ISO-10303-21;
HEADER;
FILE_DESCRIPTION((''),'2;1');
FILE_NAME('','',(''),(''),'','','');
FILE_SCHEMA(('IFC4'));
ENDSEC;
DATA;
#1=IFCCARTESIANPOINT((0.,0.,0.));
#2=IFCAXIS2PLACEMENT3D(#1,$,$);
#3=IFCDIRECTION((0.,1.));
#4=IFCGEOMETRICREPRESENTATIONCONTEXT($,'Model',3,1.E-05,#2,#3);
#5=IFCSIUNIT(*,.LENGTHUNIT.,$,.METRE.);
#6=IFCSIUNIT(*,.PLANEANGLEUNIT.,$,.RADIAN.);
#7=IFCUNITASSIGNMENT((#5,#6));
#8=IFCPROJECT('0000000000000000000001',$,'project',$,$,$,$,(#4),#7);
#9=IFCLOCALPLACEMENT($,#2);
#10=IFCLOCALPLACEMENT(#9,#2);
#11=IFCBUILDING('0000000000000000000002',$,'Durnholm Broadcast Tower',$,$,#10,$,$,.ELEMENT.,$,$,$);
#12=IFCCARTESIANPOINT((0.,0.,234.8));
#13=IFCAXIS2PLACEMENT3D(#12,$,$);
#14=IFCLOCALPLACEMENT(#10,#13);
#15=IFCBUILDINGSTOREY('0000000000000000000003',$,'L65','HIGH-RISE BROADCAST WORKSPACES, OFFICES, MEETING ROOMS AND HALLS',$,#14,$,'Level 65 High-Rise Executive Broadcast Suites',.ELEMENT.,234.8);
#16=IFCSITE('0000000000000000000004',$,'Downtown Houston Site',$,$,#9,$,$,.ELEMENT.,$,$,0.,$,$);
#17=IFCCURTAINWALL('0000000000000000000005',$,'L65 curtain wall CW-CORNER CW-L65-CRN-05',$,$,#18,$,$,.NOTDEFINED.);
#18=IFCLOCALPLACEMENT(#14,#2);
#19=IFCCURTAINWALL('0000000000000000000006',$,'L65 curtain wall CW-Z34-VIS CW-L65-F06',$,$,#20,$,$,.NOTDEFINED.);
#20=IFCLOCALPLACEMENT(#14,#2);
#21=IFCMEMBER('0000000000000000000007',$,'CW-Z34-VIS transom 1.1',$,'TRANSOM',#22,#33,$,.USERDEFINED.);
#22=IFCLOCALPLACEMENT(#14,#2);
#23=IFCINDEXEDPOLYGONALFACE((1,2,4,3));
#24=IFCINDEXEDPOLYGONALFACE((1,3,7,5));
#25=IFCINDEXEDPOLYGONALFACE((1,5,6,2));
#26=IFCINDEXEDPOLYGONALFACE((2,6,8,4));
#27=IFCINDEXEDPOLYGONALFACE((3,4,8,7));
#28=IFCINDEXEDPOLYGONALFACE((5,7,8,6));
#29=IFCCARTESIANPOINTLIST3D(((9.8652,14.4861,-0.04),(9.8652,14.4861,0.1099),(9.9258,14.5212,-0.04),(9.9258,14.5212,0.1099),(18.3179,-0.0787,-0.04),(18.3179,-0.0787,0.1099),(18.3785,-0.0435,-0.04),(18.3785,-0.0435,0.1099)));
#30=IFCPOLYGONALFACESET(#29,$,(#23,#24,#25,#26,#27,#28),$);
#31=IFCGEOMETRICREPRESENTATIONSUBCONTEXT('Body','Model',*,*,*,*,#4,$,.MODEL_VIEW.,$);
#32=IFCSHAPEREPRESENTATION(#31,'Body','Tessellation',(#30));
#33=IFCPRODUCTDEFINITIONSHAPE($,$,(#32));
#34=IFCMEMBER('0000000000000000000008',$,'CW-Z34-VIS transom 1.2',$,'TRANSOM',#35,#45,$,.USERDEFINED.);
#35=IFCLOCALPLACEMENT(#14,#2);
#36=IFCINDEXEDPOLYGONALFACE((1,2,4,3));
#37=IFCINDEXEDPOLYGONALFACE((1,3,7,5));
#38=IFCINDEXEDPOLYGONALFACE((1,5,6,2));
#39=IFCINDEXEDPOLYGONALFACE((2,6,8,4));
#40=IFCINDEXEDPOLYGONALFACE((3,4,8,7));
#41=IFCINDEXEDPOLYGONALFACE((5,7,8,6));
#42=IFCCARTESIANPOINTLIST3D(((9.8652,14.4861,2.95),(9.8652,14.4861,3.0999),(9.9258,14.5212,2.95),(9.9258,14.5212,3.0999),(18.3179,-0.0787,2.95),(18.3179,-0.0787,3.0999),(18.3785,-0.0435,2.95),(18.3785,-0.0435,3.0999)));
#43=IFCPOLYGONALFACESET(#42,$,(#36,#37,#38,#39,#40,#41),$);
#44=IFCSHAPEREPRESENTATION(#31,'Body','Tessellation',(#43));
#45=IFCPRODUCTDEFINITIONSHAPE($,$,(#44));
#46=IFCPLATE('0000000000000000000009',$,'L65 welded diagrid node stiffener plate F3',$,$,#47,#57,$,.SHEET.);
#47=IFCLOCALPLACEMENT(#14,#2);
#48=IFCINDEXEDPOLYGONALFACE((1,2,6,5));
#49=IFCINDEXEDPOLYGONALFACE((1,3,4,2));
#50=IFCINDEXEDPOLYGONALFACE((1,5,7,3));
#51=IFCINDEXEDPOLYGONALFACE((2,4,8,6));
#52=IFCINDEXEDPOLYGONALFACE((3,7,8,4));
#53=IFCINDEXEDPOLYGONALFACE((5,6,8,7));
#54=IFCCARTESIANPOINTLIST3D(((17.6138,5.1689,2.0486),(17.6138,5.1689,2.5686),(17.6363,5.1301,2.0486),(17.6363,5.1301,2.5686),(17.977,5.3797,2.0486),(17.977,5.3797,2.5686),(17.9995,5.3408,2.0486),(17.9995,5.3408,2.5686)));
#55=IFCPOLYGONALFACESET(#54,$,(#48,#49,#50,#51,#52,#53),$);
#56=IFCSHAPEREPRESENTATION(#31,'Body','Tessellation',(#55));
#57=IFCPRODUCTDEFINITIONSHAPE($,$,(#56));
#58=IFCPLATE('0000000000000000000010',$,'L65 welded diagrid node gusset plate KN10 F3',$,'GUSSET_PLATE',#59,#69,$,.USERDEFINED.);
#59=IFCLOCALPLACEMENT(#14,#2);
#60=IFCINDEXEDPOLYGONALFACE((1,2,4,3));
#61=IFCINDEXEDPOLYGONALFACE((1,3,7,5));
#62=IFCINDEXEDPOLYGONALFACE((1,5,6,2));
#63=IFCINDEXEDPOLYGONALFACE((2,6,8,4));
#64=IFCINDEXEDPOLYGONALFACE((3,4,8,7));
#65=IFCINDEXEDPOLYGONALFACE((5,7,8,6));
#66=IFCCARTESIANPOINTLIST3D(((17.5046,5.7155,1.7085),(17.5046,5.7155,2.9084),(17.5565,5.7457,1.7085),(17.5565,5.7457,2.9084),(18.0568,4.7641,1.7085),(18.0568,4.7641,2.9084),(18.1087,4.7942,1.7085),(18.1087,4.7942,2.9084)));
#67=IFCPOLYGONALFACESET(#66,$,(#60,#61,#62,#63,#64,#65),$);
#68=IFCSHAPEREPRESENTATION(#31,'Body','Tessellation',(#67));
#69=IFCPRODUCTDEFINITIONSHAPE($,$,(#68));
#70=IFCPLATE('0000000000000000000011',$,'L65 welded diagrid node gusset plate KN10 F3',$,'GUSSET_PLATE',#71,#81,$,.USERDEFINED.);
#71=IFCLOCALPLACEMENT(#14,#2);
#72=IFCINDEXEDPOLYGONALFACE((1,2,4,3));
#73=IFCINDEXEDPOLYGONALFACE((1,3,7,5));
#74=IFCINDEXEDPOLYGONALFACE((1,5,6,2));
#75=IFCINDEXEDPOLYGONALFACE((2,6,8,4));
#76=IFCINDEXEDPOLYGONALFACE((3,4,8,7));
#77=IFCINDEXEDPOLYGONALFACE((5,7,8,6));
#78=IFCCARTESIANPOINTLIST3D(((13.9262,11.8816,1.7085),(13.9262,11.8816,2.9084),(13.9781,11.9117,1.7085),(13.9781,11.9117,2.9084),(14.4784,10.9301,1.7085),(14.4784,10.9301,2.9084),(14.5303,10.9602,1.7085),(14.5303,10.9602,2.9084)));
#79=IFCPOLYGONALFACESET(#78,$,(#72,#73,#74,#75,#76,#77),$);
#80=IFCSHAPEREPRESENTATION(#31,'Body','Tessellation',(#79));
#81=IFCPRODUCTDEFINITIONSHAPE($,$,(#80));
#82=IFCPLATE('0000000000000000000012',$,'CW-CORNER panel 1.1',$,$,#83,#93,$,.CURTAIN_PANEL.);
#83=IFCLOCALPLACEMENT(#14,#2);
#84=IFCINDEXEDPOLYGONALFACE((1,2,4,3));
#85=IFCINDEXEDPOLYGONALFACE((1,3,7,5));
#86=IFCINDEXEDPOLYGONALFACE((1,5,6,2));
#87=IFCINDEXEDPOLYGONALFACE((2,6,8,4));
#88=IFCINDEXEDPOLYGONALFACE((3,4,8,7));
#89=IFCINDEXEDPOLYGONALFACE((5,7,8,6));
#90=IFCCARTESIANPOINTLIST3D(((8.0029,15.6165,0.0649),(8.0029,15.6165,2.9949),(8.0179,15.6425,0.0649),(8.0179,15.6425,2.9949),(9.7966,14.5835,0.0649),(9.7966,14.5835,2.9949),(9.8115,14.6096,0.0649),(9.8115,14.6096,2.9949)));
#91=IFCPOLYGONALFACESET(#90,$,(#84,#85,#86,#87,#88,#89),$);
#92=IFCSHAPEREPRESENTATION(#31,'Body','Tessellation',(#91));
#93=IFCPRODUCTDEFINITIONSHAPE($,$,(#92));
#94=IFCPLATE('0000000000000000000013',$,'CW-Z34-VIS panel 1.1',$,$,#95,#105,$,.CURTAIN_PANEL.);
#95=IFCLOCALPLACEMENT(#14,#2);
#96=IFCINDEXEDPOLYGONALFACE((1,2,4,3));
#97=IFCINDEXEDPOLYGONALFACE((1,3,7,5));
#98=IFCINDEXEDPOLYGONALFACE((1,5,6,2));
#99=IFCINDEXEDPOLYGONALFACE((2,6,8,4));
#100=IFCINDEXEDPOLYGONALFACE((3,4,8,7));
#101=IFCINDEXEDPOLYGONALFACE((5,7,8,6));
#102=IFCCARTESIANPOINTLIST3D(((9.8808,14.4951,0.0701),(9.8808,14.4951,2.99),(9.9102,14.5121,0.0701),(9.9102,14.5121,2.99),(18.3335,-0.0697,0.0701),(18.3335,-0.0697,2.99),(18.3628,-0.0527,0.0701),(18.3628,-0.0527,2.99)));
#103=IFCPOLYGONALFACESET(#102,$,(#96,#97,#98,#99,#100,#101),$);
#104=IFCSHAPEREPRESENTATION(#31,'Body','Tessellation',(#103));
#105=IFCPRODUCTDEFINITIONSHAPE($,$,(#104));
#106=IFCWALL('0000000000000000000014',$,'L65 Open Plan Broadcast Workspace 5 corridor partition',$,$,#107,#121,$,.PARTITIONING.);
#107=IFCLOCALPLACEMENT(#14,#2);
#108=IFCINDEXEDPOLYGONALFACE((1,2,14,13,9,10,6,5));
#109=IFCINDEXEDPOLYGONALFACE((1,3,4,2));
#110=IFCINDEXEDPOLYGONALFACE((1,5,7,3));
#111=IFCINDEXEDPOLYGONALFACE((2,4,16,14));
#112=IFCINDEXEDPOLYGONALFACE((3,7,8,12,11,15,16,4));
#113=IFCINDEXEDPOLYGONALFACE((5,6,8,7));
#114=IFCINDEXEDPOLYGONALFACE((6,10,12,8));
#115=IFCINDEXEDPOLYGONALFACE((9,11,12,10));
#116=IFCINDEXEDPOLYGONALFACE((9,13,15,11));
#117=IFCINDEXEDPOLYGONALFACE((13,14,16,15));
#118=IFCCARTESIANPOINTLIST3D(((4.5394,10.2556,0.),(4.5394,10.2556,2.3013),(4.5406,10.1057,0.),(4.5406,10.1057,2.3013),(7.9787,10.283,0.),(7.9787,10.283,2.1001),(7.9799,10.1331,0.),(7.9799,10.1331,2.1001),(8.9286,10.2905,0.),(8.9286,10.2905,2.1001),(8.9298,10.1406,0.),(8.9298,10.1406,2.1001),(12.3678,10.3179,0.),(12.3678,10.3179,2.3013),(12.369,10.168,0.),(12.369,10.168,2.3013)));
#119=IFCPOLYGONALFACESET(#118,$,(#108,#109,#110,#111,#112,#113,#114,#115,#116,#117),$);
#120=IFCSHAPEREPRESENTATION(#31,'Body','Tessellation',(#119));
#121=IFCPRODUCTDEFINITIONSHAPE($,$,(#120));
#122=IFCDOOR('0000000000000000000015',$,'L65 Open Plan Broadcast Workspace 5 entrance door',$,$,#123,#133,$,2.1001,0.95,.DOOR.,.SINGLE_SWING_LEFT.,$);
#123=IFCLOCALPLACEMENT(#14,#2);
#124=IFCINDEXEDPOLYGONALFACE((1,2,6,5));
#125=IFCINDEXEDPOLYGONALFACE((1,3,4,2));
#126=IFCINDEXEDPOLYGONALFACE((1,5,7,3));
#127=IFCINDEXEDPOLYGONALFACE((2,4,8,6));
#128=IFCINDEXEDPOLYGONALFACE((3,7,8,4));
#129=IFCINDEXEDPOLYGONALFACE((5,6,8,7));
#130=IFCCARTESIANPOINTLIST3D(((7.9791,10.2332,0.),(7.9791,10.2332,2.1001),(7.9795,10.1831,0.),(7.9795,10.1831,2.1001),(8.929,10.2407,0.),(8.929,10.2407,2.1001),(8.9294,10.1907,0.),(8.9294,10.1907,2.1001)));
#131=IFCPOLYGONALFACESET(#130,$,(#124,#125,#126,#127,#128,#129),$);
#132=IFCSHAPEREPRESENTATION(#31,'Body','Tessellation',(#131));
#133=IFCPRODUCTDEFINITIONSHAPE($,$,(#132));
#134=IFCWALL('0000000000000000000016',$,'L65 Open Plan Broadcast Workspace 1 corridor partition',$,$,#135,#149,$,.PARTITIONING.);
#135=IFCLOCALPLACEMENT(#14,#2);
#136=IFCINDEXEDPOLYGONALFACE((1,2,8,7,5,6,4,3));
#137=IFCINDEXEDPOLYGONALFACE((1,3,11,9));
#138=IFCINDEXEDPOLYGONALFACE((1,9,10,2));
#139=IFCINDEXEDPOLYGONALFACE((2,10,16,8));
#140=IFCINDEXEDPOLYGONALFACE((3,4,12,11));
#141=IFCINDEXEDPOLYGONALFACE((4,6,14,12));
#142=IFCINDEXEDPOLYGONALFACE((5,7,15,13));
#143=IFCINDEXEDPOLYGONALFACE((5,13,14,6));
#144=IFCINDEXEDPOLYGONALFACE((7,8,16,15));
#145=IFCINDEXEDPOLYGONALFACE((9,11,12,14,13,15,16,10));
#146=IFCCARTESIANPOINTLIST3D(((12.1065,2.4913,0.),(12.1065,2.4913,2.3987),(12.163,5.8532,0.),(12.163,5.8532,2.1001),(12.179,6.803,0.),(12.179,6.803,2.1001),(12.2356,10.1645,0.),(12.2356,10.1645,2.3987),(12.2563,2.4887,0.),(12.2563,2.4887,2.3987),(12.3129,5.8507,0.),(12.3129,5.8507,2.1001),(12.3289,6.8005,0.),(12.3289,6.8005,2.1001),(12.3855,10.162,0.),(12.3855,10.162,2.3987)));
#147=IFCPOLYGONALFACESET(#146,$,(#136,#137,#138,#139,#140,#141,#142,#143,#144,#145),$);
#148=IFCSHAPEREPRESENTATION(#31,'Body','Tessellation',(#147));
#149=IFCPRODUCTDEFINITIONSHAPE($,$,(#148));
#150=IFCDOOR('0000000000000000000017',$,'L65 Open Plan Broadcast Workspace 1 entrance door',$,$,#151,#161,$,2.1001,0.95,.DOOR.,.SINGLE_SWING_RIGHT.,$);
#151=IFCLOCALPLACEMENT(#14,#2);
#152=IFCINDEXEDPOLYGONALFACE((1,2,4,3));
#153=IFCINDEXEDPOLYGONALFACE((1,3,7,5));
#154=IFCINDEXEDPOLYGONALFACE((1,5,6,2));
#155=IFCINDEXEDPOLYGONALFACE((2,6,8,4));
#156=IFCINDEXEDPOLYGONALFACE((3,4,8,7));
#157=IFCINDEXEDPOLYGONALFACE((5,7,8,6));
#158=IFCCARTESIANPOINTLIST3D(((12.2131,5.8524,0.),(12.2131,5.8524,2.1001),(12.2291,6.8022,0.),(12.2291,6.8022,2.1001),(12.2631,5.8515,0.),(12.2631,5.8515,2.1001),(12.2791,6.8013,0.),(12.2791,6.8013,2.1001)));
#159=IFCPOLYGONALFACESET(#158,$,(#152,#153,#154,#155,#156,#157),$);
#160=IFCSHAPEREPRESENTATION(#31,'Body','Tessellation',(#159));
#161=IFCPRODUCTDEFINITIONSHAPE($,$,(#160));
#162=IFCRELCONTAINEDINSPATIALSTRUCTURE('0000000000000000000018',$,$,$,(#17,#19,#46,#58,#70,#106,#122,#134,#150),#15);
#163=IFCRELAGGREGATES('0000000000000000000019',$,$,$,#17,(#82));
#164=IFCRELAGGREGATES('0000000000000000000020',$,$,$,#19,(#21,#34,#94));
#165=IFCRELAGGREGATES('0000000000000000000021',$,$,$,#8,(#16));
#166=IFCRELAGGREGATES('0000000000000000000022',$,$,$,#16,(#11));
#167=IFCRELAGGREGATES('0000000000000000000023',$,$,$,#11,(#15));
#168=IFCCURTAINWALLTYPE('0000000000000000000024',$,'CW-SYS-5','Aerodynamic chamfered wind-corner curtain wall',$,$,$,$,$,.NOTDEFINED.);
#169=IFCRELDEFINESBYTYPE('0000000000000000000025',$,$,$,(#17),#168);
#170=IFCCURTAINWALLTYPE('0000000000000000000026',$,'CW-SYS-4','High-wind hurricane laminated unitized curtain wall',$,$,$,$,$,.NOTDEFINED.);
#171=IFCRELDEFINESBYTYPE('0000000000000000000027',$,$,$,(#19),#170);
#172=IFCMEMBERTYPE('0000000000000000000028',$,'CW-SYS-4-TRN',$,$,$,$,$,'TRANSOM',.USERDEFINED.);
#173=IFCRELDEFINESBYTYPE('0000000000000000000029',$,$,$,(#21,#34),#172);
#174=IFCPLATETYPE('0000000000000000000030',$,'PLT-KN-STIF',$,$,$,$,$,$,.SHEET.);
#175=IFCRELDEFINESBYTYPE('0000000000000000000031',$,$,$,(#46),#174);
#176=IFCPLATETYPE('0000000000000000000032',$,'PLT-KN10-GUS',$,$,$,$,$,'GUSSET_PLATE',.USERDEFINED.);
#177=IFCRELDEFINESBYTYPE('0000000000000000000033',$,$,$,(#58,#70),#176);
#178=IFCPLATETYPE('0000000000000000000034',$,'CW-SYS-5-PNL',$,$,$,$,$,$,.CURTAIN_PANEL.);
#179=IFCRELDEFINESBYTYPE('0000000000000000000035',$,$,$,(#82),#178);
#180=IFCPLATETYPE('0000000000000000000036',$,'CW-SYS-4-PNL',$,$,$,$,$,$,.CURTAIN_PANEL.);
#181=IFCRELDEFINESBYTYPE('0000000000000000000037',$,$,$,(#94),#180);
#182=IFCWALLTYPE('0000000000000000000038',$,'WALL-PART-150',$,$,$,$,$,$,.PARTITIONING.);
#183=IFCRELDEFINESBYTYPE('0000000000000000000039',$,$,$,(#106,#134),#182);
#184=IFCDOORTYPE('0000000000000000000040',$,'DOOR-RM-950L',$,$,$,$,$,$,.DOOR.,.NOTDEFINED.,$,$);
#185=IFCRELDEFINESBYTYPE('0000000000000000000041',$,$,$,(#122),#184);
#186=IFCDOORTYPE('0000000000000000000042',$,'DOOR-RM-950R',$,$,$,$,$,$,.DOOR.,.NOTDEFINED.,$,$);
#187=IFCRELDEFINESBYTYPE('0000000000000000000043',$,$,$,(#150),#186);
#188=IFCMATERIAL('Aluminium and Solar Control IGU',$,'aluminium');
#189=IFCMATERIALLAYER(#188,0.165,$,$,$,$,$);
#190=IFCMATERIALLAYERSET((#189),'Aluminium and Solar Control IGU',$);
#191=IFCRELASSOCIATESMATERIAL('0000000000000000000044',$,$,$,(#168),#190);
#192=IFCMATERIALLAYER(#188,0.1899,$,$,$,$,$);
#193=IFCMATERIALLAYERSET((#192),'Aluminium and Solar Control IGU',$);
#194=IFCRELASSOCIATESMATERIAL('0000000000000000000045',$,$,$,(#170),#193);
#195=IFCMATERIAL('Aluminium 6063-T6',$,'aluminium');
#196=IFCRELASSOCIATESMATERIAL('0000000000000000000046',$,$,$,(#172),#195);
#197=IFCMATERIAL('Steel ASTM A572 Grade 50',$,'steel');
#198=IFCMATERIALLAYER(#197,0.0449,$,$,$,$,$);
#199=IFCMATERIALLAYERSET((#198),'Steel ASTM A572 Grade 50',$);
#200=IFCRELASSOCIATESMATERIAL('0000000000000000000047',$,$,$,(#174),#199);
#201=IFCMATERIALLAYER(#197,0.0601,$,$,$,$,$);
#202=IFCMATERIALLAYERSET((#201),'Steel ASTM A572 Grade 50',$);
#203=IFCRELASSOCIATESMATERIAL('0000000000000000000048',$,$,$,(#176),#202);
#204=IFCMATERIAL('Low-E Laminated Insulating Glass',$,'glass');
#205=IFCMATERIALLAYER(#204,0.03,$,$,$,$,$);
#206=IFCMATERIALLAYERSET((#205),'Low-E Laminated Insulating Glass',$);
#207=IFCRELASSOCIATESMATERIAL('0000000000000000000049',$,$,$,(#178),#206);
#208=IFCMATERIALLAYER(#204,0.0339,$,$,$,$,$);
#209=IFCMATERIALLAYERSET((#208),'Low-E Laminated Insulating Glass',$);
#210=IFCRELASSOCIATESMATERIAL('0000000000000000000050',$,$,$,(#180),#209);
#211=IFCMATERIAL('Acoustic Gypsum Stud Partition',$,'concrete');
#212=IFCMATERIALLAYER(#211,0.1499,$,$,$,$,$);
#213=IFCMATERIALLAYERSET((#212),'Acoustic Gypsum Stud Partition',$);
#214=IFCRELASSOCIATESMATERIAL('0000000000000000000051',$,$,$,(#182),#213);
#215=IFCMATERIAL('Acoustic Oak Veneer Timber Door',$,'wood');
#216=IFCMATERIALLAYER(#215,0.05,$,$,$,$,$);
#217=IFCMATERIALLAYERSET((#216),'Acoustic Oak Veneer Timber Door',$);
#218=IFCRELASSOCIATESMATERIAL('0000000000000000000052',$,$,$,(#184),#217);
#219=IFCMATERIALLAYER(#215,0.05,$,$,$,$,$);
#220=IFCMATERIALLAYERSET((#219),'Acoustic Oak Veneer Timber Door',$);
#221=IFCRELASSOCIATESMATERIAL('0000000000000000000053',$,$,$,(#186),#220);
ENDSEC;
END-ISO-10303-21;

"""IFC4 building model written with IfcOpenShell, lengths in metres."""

from ifc_helpers import new_model, si_unit, direction, frame, frame_2d, origin, origin_2d, place, context, subcontext, project, spatial, rectangle, extrude, source, transform, mapped, material, layer, layer_set, material_profile, profile_set, type_object, type_shapes, element, fill, aggregate, save


model = new_model("IFC4")

# Units and contexts
model_context = context("Model", 3, precision=1e-05, world=origin(), true_north=direction((0.0, 1.0)))
body_context = subcontext(model_context, "Body", "Model", "MODEL_VIEW")
ifc_project = project(units=[si_unit("LENGTHUNIT", "METRE"), si_unit("PLANEANGLEUNIT", "RADIAN")], contexts=[model_context])

# Site, building, storey
site_placement = place(None, origin())
site = spatial("IfcSite", under=ifc_project, at=site_placement, Name="Downtown Houston Site", CompositionType="ELEMENT", RefElevation=0.0)
building_placement = place(site_placement, origin())
building = spatial("IfcBuilding", under=site, at=building_placement, Name="Durnholm Broadcast Tower", CompositionType="ELEMENT")
storey_placement = place(building_placement, frame((0.0, 0.0, 234.8)))
storey = spatial("IfcBuildingStorey", under=building, at=storey_placement, Name="L65", Description="HIGH-RISE BROADCAST WORKSPACES, OFFICES, MEETING ROOMS AND HALLS", LongName="Level 65 High-Rise Executive Broadcast Suites", CompositionType="ELEMENT", Elevation=234.8)

# Curtain wall
ifc_material_1 = material(Name="Aluminium and Solar Control IGU", Category="aluminium")
ifc_layer_1 = layer(ifc_material_1, 0.165)
ifc_layer_set_1 = layer_set([ifc_layer_1], Name="Aluminium and Solar Control IGU")
curtain_wall_type_1 = type_object("IfcCurtainWallType", Name="CW-SYS-5", Description="Aerodynamic chamfered wind-corner curtain wall", PredefinedType="NOTDEFINED", material=ifc_layer_set_1)
curtain_wall_1_placement = place(storey_placement, origin())
curtain_wall_1 = element("IfcCurtainWall", 1, at=curtain_wall_1_placement, inside=storey, type_object=curtain_wall_type_1, Name="L65 curtain wall CW-CORNER CW-L65-CRN-05", PredefinedType="NOTDEFINED")
ifc_material_2 = material(Name="Aluminium 6063-T6", Category="aluminium")

# Curtain wall, members
ifc_layer_2 = layer(ifc_material_1, 0.1899)
ifc_layer_set_2 = layer_set([ifc_layer_2], Name="Aluminium and Solar Control IGU")
curtain_wall_type_2 = type_object("IfcCurtainWallType", Name="CW-SYS-4", Description="High-wind hurricane laminated unitized curtain wall", PredefinedType="NOTDEFINED", material=ifc_layer_set_2)
curtain_wall_2_placement = place(storey_placement, origin())
curtain_wall_2 = element("IfcCurtainWall", 2, at=curtain_wall_2_placement, inside=storey, type_object=curtain_wall_type_2, Name="L65 curtain wall CW-Z34-VIS CW-L65-F06", PredefinedType="NOTDEFINED")
ifc_material_profile_1 = material_profile(ifc_material_2, rectangle(XDim=0.0701, YDim=0.1499, at=origin_2d()), Name="CWT70X150")
ifc_profile_set_1 = profile_set([ifc_material_profile_1], Name="Aluminium 6063-T6")
member_type_1 = type_object("IfcMemberType", Name="CW-SYS-4-TRN", ElementType="TRANSOM", PredefinedType="USERDEFINED", material=ifc_profile_set_1)
shared_shape_1 = source(origin(), body_context, "Body", "SweptSolid", [
    extrude(rectangle(XDim=0.0701, YDim=0.1499, at=origin_2d()), origin(), (0.0, 0.0, 1.0), 16.8398),
])
type_shapes(member_type_1, [shared_shape_1])
member_1_placement = place(storey_placement, frame((9.8955, 14.5037, 0.0349), z_axis=(0.501945, -0.864899, 0.0), x_axis=(0.864899, 0.501945, 0.0)))
member_1 = element("IfcMember", 3, at=member_1_placement, type_object=member_type_1, Name="CW-Z34-VIS transom 1.1", ObjectType="TRANSOM", PredefinedType="USERDEFINED", context=body_context, shape_type="MappedRepresentation", body=[
    mapped(shared_shape_1, transform((0.0, 0.0, 0.0), x_axis=(1.0, 0.0, 0.0), y_axis=(0.0, 1.0, 0.0), z_axis=(0.0, 0.0, 1.0), scale=1.0)),
])
member_2_placement = place(storey_placement, frame((9.8955, 14.5037, 3.0249), z_axis=(0.501945, -0.864899, 0.0), x_axis=(0.864899, 0.501945, 0.0)))
member_2 = element("IfcMember", 4, at=member_2_placement, type_object=member_type_1, Name="CW-Z34-VIS transom 1.2", ObjectType="TRANSOM", PredefinedType="USERDEFINED", context=body_context, shape_type="MappedRepresentation", body=[
    mapped(shared_shape_1, transform((0.0, 0.0, 0.0), x_axis=(1.0, 0.0, 0.0), y_axis=(0.0, 1.0, 0.0), z_axis=(0.0, 0.0, 1.0), scale=1.0)),
])

# Plates
ifc_material_3 = material(Name="Steel ASTM A572 Grade 50", Category="steel")
ifc_layer_3 = layer(ifc_material_3, 0.0449)
ifc_layer_set_3 = layer_set([ifc_layer_3], Name="Steel ASTM A572 Grade 50")
plate_type_1 = type_object("IfcPlateType", Name="PLT-KN-STIF", PredefinedType="SHEET", material=ifc_layer_set_3)
shared_shape_2 = source(origin(), body_context, "Body", "SweptSolid", [
    extrude(rectangle(XDim=0.0449, YDim=0.4199, at=origin_2d()), origin(), (0.0, 0.0, 1.0), 0.52),
])
type_shapes(plate_type_1, [shared_shape_2])
plate_1_placement = place(storey_placement, frame((17.8066, 5.2549, 2.0486), z_axis=(0.0, 0.0, 1.0), x_axis=(-0.501964, 0.864889, 0.0)))
element("IfcPlate", 5, at=plate_1_placement, inside=storey, type_object=plate_type_1, Name="L65 welded diagrid node stiffener plate F3", PredefinedType="SHEET", context=body_context, shape_type="MappedRepresentation", body=[
    mapped(shared_shape_2, transform((0.0, 0.0, 0.0), x_axis=(1.0, 0.0, 0.0), y_axis=(0.0, 1.0, 0.0), z_axis=(0.0, 0.0, 1.0), scale=1.0)),
])
ifc_layer_4 = layer(ifc_material_3, 0.0601)
ifc_layer_set_4 = layer_set([ifc_layer_4], Name="Steel ASTM A572 Grade 50")
plate_type_2 = type_object("IfcPlateType", Name="PLT-KN10-GUS", ElementType="GUSSET_PLATE", PredefinedType="USERDEFINED", material=ifc_layer_set_4)
shared_shape_3 = source(origin(), body_context, "Body", "SweptSolid", [
    extrude(rectangle(XDim=1.1001, YDim=0.0601, at=origin_2d()), origin(), (0.0, 0.0, 1.0), 1.2),
])
type_shapes(plate_type_2, [shared_shape_3])
for number, where, z_axis, x_axis, name in (
    (6, (17.8066, 5.2549, 1.7085), (0.0, 0.0, 1.0), (-0.501964, 0.864889, 0.0), "L65 welded diagrid node gusset plate KN10 F3"),
    (7, (14.2283, 11.4209, 1.7085), (0.0, 0.0, 1.0), (-0.501964, 0.864889, 0.0), "L65 welded diagrid node gusset plate KN10 F3"),
):
    element("IfcPlate", number, at=place(storey_placement, frame(where, z_axis=z_axis, x_axis=x_axis)), inside=storey, type_object=plate_type_2, Name=name, ObjectType="GUSSET_PLATE", PredefinedType="USERDEFINED", context=body_context, shape_type="MappedRepresentation", body=[
        mapped(shared_shape_3, transform((0.0, 0.0, 0.0), x_axis=(1.0, 0.0, 0.0), y_axis=(0.0, 1.0, 0.0), z_axis=(0.0, 0.0, 1.0), scale=1.0)),
    ])

# Plates
ifc_material_4 = material(Name="Low-E Laminated Insulating Glass", Category="glass")
ifc_layer_5 = layer(ifc_material_4, 0.03)
ifc_layer_set_5 = layer_set([ifc_layer_5], Name="Low-E Laminated Insulating Glass")
plate_type_3 = type_object("IfcPlateType", Name="CW-SYS-5-PNL", PredefinedType="CURTAIN_PANEL", material=ifc_layer_set_5)
shared_shape_4 = source(origin(), body_context, "Body", "SweptSolid", [
    extrude(rectangle(XDim=2.0698, YDim=0.03, at=origin_2d()), origin(), (0.0, 0.0, 1.0), 2.9299),
])
type_shapes(plate_type_3, [shared_shape_4])
plate_2_placement = place(storey_placement, frame((8.9072, 15.113, 0.0649), z_axis=(0.0, 0.0, 1.0), x_axis=(0.866568, -0.499059, 0.0)))
plate_2 = element("IfcPlate", 8, at=plate_2_placement, type_object=plate_type_3, Name="CW-CORNER panel 1.1", PredefinedType="CURTAIN_PANEL", context=body_context, shape_type="MappedRepresentation", body=[
    mapped(shared_shape_4, transform((0.0, 0.0, 0.0), x_axis=(1.0, 0.0, 0.0), y_axis=(0.0, 1.0, 0.0), z_axis=(0.0, 0.0, 1.0), scale=1.0)),
])
aggregate(curtain_wall_1, [plate_2])
ifc_layer_6 = layer(ifc_material_4, 0.0339)
ifc_layer_set_6 = layer_set([ifc_layer_6], Name="Low-E Laminated Insulating Glass")
plate_type_4 = type_object("IfcPlateType", Name="CW-SYS-4-PNL", PredefinedType="CURTAIN_PANEL", material=ifc_layer_set_6)
shared_shape_5 = source(origin(), body_context, "Body", "SweptSolid", [
    extrude(rectangle(XDim=16.8398, YDim=0.0339, at=origin_2d()), origin(), (0.0, 0.0, 1.0), 2.9199),
])
type_shapes(plate_type_4, [shared_shape_5])
plate_3_placement = place(storey_placement, frame((14.1218, 7.2212, 0.0701), z_axis=(0.0, 0.0, 1.0), x_axis=(0.501944, -0.8649, 0.0)))
plate_3 = element("IfcPlate", 9, at=plate_3_placement, type_object=plate_type_4, Name="CW-Z34-VIS panel 1.1", PredefinedType="CURTAIN_PANEL", context=body_context, shape_type="MappedRepresentation", body=[
    mapped(shared_shape_5, transform((0.0, 0.0, 0.0), x_axis=(1.0, 0.0, 0.0), y_axis=(0.0, 1.0, 0.0), z_axis=(0.0, 0.0, 1.0), scale=1.0)),
])
aggregate(curtain_wall_2, [member_1, member_2, plate_3])

# Walls, openings, doors
ifc_material_5 = material(Name="Acoustic Gypsum Stud Partition", Category="concrete")
ifc_layer_7 = layer(ifc_material_5, 0.1499)
ifc_layer_set_7 = layer_set([ifc_layer_7], Name="Acoustic Gypsum Stud Partition")
wall_type_1 = type_object("IfcWallType", Name="WALL-PART-150", PredefinedType="PARTITIONING", material=ifc_layer_set_7)
wall_1_placement = place(storey_placement, frame((12.3684, 10.2429, 0.0), z_axis=(0.0, 0.0, 1.0), x_axis=(-0.999968, -0.007952, 0.0)))
wall_1 = element("IfcWall", 10, at=wall_1_placement, inside=storey, type_object=wall_type_1, Name="L65 Open Plan Broadcast Workspace 5 corridor partition", PredefinedType="PARTITIONING", context=body_context, shape_type="SweptSolid", body=[
    extrude(rectangle(XDim=7.8286, YDim=0.1499, at=frame_2d((3.9143, 0.0))), origin(), (0.0, 0.0, 1.0), 2.3013),
])
opening_1_placement = place(wall_1_placement, frame((3.4392, 0.0, 0.0)))
opening_1 = element("IfcOpeningElement", 11, at=opening_1_placement, cuts=wall_1, PredefinedType="OPENING", context=body_context, shape_type="SweptSolid", body=[
    extrude(rectangle(XDim=0.95, YDim=2.1001, at=frame_2d((0.4751, 1.05))), frame((0.0, 0.085, 0.0), z_axis=(0.0, -1.0, 0.0), x_axis=(1.0, 0.0, 0.0)), (0.0, 0.0, 1.0), 0.1699),
])
ifc_material_6 = material(Name="Acoustic Oak Veneer Timber Door", Category="wood")
ifc_layer_8 = layer(ifc_material_6, 0.05)
ifc_layer_set_8 = layer_set([ifc_layer_8], Name="Acoustic Oak Veneer Timber Door")
door_type_1 = type_object("IfcDoorType", Name="DOOR-RM-950L", OperationType="NOTDEFINED", PredefinedType="DOOR", material=ifc_layer_set_8)
shared_shape_6 = source(origin(), body_context, "Body", "SweptSolid", [
    extrude(rectangle(XDim=0.95, YDim=2.1001, at=frame_2d((0.4751, 1.05))), frame((0.0, 0.0249, 0.0), z_axis=(0.0, -1.0, 0.0), x_axis=(1.0, 0.0, 0.0)), (0.0, 0.0, 1.0), 0.05),
])
type_shapes(door_type_1, [shared_shape_6])
door_1_placement = place(opening_1_placement, origin())
door_1 = element("IfcDoor", 12, at=door_1_placement, inside=storey, type_object=door_type_1, Name="L65 Open Plan Broadcast Workspace 5 entrance door", OperationType="SINGLE_SWING_LEFT", OverallHeight=2.1001, OverallWidth=0.95, PredefinedType="DOOR", context=body_context, shape_type="MappedRepresentation", body=[
    mapped(shared_shape_6, transform((0.0, 0.0, 0.0), x_axis=(1.0, 0.0, 0.0), y_axis=(0.0, 1.0, 0.0), z_axis=(0.0, 0.0, 1.0), scale=1.0)),
])
fill(opening_1, door_1)
wall_2_placement = place(storey_placement, frame((12.1814, 2.49, 0.0), z_axis=(0.0, 0.0, 1.0), x_axis=(0.016829, 0.999858, 0.0)))
wall_2 = element("IfcWall", 13, at=wall_2_placement, inside=storey, type_object=wall_type_1, Name="L65 Open Plan Broadcast Workspace 1 corridor partition", PredefinedType="PARTITIONING", context=body_context, shape_type="SweptSolid", body=[
    extrude(rectangle(XDim=7.6743, YDim=0.1499, at=frame_2d((3.8372, 0.0))), origin(), (0.0, 0.0, 1.0), 2.3987),
])
opening_2_placement = place(wall_2_placement, frame((3.3623, 0.0, 0.0)))
opening_2 = element("IfcOpeningElement", 14, at=opening_2_placement, cuts=wall_2, PredefinedType="OPENING", context=body_context, shape_type="SweptSolid", body=[
    extrude(rectangle(XDim=0.95, YDim=2.1001, at=frame_2d((0.4751, 1.05))), frame((0.0, 0.085, 0.0), z_axis=(0.0, -1.0, 0.0), x_axis=(1.0, 0.0, 0.0)), (0.0, 0.0, 1.0), 0.1699),
])
ifc_layer_9 = layer(ifc_material_6, 0.05)
ifc_layer_set_9 = layer_set([ifc_layer_9], Name="Acoustic Oak Veneer Timber Door")
door_type_2 = type_object("IfcDoorType", Name="DOOR-RM-950R", OperationType="NOTDEFINED", PredefinedType="DOOR", material=ifc_layer_set_9)
shared_shape_7 = source(origin(), body_context, "Body", "SweptSolid", [
    extrude(rectangle(XDim=0.95, YDim=2.1001, at=frame_2d((0.4751, 1.05))), frame((0.0, 0.0249, 0.0), z_axis=(0.0, -1.0, 0.0), x_axis=(1.0, 0.0, 0.0)), (0.0, 0.0, 1.0), 0.05),
])
type_shapes(door_type_2, [shared_shape_7])
door_2_placement = place(opening_2_placement, origin())
door_2 = element("IfcDoor", 15, at=door_2_placement, inside=storey, type_object=door_type_2, Name="L65 Open Plan Broadcast Workspace 1 entrance door", OperationType="SINGLE_SWING_RIGHT", OverallHeight=2.1001, OverallWidth=0.95, PredefinedType="DOOR", context=body_context, shape_type="MappedRepresentation", body=[
    mapped(shared_shape_7, transform((0.0, 0.0, 0.0), x_axis=(1.0, 0.0, 0.0), y_axis=(0.0, 1.0, 0.0), z_axis=(0.0, 0.0, 1.0), scale=1.0)),
])
fill(opening_2, door_2)

save(model, "model.ifc")
